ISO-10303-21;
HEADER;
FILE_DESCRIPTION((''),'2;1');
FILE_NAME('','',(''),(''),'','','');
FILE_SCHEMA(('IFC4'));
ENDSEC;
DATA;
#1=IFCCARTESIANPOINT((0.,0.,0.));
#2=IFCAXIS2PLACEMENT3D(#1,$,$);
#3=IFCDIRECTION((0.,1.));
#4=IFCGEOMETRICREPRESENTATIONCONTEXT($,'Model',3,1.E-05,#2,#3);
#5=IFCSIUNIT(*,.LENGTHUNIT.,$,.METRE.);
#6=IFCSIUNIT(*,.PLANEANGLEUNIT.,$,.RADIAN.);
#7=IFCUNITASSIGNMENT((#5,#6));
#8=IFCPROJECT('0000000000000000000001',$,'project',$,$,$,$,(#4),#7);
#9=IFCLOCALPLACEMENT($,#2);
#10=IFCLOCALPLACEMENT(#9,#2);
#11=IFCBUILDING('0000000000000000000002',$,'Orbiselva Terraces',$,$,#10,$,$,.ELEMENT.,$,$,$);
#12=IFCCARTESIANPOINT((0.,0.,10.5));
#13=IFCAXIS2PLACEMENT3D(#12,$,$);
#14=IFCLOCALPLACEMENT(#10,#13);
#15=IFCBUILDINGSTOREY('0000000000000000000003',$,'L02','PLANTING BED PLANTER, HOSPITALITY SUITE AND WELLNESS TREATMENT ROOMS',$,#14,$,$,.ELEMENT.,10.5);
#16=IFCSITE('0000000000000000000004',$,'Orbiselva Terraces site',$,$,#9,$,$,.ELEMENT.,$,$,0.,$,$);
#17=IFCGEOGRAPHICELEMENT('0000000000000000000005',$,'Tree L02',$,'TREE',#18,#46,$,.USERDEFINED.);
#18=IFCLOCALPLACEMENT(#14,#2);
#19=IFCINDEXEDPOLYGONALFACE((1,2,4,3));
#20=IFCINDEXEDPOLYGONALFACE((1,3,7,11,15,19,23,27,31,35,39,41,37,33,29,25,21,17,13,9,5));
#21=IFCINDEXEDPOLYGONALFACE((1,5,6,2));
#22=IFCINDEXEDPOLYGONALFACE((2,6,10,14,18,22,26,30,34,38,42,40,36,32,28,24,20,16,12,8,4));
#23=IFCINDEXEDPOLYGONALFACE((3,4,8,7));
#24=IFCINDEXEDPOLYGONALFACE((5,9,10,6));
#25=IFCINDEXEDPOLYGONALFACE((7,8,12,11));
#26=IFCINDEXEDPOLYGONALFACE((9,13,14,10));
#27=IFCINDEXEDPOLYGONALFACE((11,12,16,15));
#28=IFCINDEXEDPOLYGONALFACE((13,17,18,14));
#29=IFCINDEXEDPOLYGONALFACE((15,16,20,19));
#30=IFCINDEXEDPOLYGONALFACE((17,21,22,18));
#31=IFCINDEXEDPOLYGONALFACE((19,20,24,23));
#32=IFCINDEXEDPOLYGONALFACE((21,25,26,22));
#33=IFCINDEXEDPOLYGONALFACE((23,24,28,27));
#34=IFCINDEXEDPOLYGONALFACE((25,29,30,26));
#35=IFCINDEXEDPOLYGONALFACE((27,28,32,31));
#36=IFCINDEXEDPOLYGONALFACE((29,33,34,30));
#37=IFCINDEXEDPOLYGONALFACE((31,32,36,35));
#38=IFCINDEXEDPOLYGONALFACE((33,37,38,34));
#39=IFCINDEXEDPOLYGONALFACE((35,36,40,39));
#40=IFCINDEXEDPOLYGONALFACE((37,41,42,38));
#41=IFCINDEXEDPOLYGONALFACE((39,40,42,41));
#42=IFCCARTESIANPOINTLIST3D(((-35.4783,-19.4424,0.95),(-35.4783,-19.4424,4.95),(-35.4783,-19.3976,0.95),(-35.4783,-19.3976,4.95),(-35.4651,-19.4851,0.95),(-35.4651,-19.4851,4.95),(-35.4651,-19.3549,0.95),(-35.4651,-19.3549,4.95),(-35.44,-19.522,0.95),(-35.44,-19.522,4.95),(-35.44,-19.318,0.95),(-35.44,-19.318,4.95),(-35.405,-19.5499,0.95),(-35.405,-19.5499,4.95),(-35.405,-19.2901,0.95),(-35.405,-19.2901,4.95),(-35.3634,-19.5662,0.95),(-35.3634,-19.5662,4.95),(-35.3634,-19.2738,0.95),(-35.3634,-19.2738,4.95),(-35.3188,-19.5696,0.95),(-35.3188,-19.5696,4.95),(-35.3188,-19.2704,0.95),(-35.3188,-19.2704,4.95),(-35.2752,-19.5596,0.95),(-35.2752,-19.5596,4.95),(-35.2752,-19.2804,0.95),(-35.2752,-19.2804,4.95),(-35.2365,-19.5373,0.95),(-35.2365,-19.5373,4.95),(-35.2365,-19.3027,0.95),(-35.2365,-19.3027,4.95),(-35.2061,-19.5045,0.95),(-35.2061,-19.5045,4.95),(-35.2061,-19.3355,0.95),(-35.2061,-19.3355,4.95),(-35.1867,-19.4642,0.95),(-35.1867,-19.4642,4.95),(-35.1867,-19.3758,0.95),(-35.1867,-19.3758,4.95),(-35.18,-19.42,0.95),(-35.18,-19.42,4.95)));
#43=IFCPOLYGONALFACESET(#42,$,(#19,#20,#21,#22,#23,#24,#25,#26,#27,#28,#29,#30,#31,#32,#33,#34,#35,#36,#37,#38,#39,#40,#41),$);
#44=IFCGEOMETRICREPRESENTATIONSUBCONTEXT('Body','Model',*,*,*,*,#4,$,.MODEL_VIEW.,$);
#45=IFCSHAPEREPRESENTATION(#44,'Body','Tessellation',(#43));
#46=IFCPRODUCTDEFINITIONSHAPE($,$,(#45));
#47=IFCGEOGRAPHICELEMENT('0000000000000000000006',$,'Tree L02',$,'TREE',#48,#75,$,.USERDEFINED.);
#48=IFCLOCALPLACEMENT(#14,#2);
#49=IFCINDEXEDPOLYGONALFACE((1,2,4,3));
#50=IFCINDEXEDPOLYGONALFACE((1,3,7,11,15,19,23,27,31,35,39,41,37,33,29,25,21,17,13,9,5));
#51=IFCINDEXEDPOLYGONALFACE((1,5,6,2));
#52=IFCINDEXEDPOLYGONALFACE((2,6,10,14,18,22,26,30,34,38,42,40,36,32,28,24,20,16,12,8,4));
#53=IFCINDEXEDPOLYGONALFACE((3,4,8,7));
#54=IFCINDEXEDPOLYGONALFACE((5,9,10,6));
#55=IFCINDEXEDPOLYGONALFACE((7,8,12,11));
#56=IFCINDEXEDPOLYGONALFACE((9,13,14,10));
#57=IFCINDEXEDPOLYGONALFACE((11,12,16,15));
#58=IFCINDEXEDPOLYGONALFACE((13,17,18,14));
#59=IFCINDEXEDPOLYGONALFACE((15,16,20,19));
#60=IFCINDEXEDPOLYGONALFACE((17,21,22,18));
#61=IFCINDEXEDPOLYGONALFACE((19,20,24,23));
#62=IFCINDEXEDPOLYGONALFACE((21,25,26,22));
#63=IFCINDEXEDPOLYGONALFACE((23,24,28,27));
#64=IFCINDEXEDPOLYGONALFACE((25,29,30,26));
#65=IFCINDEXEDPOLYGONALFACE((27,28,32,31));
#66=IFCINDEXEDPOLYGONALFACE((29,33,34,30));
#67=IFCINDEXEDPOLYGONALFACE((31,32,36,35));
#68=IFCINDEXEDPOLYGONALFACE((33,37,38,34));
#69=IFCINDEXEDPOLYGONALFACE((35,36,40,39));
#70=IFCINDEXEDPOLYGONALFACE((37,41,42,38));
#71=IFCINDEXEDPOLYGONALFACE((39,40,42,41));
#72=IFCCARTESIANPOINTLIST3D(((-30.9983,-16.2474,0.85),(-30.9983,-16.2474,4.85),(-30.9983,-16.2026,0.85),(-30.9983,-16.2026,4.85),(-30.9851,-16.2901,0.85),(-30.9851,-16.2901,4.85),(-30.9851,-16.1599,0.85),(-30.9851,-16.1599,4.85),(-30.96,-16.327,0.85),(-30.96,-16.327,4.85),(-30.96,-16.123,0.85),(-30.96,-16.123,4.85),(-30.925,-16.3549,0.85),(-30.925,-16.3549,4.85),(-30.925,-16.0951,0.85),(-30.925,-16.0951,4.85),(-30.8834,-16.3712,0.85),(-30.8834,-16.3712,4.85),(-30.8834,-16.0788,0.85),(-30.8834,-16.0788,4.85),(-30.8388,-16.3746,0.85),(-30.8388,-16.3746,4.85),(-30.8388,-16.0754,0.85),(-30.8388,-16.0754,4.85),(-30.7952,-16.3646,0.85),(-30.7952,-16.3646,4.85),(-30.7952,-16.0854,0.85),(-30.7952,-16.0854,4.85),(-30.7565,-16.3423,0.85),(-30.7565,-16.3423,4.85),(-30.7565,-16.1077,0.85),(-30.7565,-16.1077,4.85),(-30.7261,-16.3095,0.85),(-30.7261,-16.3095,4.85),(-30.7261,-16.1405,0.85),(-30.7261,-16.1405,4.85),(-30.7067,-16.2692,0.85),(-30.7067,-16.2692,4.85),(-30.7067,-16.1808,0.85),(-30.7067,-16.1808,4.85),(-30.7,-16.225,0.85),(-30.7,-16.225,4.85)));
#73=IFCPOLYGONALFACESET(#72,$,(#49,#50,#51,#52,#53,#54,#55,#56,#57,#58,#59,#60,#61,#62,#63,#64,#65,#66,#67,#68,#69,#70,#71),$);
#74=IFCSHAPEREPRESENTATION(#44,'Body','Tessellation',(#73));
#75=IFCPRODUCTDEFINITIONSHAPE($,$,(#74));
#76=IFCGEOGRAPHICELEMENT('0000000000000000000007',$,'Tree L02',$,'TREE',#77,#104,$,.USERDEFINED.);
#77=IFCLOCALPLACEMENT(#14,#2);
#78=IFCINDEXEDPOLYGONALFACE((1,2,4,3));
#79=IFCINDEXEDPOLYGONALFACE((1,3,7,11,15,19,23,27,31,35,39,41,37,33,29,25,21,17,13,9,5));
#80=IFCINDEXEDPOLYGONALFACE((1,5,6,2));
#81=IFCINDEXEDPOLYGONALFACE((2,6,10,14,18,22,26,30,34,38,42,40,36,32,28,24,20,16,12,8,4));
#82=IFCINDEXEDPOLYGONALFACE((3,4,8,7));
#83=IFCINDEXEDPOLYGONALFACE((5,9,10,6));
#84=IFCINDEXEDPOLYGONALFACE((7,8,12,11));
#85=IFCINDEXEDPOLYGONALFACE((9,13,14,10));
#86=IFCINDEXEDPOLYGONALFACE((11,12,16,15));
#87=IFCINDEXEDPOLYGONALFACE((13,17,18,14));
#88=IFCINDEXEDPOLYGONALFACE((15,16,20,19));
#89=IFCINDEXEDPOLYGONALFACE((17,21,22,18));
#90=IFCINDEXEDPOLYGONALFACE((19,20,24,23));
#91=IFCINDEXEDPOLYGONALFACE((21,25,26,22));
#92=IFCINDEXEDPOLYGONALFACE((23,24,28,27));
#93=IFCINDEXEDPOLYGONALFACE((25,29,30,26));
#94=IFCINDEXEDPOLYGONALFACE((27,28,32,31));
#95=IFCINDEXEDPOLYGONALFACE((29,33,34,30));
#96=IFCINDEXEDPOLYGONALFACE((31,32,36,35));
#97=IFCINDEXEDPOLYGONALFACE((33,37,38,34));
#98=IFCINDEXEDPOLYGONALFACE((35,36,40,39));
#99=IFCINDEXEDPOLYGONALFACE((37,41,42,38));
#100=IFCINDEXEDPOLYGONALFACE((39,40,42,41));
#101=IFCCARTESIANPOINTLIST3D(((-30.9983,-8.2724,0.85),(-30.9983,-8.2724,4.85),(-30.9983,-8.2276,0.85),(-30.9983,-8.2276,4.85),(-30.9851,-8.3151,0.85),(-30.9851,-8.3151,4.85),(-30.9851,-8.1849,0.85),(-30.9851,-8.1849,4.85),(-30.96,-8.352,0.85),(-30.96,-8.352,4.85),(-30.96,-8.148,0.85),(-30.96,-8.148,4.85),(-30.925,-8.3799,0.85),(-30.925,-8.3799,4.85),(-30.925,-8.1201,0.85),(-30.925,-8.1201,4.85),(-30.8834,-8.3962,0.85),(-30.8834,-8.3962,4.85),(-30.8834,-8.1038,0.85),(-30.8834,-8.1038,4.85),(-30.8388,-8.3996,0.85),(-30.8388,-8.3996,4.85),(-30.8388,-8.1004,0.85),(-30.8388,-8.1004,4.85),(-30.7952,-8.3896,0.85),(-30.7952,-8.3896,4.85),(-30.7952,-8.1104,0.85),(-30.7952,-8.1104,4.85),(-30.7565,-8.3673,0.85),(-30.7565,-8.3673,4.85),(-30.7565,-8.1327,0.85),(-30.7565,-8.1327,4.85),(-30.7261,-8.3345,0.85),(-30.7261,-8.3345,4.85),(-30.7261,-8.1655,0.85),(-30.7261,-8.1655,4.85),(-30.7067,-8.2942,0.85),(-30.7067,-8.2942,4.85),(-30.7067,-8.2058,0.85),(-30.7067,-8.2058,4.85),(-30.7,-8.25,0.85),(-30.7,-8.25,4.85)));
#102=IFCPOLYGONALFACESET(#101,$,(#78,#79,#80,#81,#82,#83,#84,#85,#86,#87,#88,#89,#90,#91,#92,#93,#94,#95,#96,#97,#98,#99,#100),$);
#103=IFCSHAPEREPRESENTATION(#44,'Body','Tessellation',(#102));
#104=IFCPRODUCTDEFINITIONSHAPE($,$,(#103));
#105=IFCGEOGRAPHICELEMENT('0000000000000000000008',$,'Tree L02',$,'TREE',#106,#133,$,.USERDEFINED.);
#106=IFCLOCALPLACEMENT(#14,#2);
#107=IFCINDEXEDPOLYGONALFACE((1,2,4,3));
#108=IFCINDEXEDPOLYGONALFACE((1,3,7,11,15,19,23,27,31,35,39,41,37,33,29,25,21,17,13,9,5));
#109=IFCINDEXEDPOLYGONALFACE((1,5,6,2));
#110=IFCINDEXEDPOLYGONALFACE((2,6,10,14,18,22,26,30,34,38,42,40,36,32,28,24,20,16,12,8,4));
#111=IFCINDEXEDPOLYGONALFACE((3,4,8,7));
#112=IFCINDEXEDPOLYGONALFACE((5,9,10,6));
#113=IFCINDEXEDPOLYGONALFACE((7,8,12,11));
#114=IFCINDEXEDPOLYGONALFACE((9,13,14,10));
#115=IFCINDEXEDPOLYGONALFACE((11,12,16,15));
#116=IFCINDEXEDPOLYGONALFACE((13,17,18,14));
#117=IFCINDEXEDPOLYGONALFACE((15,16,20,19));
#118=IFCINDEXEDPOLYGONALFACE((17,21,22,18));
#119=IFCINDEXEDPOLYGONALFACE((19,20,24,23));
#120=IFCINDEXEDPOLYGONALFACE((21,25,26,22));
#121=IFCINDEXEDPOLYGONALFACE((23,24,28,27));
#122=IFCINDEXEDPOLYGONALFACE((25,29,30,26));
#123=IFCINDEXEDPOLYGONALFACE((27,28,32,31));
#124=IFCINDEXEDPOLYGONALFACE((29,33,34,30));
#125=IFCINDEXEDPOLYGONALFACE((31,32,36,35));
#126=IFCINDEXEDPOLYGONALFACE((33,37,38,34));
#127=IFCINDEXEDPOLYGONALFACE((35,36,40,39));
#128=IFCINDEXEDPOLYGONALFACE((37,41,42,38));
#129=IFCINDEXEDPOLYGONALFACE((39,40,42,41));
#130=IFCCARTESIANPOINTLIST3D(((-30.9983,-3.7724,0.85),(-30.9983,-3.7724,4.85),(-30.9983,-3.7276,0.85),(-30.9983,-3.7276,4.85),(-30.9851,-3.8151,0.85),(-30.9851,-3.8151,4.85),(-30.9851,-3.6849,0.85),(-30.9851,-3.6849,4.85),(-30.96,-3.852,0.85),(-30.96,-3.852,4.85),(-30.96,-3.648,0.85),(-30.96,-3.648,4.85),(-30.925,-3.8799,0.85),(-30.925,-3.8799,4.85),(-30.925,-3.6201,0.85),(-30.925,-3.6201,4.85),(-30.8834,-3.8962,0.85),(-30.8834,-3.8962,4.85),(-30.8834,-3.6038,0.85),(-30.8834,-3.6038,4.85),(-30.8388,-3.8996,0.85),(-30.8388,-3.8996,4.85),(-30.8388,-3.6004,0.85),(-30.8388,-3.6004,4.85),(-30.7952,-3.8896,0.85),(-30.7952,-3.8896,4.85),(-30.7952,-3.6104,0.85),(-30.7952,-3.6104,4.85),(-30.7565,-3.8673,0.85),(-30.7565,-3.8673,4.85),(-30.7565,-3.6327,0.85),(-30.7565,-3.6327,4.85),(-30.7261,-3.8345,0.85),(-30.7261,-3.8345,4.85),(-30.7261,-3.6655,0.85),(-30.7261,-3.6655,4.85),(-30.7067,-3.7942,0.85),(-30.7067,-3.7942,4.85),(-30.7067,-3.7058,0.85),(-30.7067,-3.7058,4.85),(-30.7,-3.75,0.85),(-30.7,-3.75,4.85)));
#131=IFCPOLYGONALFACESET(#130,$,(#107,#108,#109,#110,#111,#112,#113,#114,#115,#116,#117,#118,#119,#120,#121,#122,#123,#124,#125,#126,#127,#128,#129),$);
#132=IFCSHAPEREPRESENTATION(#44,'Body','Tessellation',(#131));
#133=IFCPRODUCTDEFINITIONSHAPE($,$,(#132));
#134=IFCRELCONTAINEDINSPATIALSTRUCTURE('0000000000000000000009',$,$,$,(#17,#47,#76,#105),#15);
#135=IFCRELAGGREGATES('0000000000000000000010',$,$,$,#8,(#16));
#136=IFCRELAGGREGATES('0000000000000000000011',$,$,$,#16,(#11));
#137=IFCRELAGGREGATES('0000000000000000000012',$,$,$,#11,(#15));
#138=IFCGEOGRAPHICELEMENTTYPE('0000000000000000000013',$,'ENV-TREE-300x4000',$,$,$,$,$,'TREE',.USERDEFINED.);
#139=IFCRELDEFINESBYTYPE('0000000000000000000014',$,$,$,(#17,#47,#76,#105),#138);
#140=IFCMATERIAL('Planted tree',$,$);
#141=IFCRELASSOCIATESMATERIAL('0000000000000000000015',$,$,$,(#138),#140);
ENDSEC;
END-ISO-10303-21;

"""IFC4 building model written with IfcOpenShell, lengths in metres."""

from ifc_helpers import new_model, si_unit, direction, frame, origin, origin_2d, place, context, subcontext, project, spatial, circle, extrude, material, type_object, element, save


model = new_model("IFC4")

# Units and contexts
model_context = context("Model", 3, precision=1e-05, world=origin(), true_north=direction((0.0, 1.0)))
body_context = subcontext(model_context, "Body", "Model", "MODEL_VIEW")
ifc_project = project(units=[si_unit("LENGTHUNIT", "METRE"), si_unit("PLANEANGLEUNIT", "RADIAN")], contexts=[model_context])

# Site, building, storey
site_placement = place(None, origin())
site = spatial("IfcSite", under=ifc_project, at=site_placement, Name="Orbiselva Terraces site", CompositionType="ELEMENT", RefElevation=0.0)
building_placement = place(site_placement, origin())
building = spatial("IfcBuilding", under=site, at=building_placement, Name="Orbiselva Terraces", CompositionType="ELEMENT")
storey_placement = place(building_placement, frame((0.0, 0.0, 10.5)))
storey = spatial("IfcBuildingStorey", under=building, at=storey_placement, Name="L02", Description="PLANTING BED PLANTER, HOSPITALITY SUITE AND WELLNESS TREATMENT ROOMS", CompositionType="ELEMENT", Elevation=10.5)

# Geographic elements
ifc_material_1 = material(Name="Planted tree")
geographic_element_type = type_object("IfcGeographicElementType", Name="ENV-TREE-300x4000", ElementType="TREE", PredefinedType="USERDEFINED", material=ifc_material_1)
for number, where, z_axis, x_axis, name in (
    (1, (-35.33, -19.42, 4.95), (0.0, 0.0, -1.0), (1.0, 0.0, 0.0), "Tree L02"),
    (2, (-30.85, -16.225, 4.85), (0.0, 0.0, -1.0), (1.0, 0.0, 0.0), "Tree L02"),
    (3, (-30.85, -8.25, 4.85), (0.0, 0.0, -1.0), (1.0, 0.0, 0.0), "Tree L02"),
    (4, (-30.85, -3.75, 4.85), (0.0, 0.0, -1.0), (1.0, 0.0, 0.0), "Tree L02"),
):
    element("IfcGeographicElement", number, at=place(storey_placement, frame(where, z_axis=z_axis, x_axis=x_axis)), inside=storey, type_object=geographic_element_type, Name=name, ObjectType="TREE", PredefinedType="USERDEFINED", context=body_context, shape_type="SweptSolid", body=[
        extrude(circle(Radius=0.15, at=origin_2d()), origin(), (0.0, 0.0, 1.0), 4.0),
    ])

save(model, "model.ifc")
